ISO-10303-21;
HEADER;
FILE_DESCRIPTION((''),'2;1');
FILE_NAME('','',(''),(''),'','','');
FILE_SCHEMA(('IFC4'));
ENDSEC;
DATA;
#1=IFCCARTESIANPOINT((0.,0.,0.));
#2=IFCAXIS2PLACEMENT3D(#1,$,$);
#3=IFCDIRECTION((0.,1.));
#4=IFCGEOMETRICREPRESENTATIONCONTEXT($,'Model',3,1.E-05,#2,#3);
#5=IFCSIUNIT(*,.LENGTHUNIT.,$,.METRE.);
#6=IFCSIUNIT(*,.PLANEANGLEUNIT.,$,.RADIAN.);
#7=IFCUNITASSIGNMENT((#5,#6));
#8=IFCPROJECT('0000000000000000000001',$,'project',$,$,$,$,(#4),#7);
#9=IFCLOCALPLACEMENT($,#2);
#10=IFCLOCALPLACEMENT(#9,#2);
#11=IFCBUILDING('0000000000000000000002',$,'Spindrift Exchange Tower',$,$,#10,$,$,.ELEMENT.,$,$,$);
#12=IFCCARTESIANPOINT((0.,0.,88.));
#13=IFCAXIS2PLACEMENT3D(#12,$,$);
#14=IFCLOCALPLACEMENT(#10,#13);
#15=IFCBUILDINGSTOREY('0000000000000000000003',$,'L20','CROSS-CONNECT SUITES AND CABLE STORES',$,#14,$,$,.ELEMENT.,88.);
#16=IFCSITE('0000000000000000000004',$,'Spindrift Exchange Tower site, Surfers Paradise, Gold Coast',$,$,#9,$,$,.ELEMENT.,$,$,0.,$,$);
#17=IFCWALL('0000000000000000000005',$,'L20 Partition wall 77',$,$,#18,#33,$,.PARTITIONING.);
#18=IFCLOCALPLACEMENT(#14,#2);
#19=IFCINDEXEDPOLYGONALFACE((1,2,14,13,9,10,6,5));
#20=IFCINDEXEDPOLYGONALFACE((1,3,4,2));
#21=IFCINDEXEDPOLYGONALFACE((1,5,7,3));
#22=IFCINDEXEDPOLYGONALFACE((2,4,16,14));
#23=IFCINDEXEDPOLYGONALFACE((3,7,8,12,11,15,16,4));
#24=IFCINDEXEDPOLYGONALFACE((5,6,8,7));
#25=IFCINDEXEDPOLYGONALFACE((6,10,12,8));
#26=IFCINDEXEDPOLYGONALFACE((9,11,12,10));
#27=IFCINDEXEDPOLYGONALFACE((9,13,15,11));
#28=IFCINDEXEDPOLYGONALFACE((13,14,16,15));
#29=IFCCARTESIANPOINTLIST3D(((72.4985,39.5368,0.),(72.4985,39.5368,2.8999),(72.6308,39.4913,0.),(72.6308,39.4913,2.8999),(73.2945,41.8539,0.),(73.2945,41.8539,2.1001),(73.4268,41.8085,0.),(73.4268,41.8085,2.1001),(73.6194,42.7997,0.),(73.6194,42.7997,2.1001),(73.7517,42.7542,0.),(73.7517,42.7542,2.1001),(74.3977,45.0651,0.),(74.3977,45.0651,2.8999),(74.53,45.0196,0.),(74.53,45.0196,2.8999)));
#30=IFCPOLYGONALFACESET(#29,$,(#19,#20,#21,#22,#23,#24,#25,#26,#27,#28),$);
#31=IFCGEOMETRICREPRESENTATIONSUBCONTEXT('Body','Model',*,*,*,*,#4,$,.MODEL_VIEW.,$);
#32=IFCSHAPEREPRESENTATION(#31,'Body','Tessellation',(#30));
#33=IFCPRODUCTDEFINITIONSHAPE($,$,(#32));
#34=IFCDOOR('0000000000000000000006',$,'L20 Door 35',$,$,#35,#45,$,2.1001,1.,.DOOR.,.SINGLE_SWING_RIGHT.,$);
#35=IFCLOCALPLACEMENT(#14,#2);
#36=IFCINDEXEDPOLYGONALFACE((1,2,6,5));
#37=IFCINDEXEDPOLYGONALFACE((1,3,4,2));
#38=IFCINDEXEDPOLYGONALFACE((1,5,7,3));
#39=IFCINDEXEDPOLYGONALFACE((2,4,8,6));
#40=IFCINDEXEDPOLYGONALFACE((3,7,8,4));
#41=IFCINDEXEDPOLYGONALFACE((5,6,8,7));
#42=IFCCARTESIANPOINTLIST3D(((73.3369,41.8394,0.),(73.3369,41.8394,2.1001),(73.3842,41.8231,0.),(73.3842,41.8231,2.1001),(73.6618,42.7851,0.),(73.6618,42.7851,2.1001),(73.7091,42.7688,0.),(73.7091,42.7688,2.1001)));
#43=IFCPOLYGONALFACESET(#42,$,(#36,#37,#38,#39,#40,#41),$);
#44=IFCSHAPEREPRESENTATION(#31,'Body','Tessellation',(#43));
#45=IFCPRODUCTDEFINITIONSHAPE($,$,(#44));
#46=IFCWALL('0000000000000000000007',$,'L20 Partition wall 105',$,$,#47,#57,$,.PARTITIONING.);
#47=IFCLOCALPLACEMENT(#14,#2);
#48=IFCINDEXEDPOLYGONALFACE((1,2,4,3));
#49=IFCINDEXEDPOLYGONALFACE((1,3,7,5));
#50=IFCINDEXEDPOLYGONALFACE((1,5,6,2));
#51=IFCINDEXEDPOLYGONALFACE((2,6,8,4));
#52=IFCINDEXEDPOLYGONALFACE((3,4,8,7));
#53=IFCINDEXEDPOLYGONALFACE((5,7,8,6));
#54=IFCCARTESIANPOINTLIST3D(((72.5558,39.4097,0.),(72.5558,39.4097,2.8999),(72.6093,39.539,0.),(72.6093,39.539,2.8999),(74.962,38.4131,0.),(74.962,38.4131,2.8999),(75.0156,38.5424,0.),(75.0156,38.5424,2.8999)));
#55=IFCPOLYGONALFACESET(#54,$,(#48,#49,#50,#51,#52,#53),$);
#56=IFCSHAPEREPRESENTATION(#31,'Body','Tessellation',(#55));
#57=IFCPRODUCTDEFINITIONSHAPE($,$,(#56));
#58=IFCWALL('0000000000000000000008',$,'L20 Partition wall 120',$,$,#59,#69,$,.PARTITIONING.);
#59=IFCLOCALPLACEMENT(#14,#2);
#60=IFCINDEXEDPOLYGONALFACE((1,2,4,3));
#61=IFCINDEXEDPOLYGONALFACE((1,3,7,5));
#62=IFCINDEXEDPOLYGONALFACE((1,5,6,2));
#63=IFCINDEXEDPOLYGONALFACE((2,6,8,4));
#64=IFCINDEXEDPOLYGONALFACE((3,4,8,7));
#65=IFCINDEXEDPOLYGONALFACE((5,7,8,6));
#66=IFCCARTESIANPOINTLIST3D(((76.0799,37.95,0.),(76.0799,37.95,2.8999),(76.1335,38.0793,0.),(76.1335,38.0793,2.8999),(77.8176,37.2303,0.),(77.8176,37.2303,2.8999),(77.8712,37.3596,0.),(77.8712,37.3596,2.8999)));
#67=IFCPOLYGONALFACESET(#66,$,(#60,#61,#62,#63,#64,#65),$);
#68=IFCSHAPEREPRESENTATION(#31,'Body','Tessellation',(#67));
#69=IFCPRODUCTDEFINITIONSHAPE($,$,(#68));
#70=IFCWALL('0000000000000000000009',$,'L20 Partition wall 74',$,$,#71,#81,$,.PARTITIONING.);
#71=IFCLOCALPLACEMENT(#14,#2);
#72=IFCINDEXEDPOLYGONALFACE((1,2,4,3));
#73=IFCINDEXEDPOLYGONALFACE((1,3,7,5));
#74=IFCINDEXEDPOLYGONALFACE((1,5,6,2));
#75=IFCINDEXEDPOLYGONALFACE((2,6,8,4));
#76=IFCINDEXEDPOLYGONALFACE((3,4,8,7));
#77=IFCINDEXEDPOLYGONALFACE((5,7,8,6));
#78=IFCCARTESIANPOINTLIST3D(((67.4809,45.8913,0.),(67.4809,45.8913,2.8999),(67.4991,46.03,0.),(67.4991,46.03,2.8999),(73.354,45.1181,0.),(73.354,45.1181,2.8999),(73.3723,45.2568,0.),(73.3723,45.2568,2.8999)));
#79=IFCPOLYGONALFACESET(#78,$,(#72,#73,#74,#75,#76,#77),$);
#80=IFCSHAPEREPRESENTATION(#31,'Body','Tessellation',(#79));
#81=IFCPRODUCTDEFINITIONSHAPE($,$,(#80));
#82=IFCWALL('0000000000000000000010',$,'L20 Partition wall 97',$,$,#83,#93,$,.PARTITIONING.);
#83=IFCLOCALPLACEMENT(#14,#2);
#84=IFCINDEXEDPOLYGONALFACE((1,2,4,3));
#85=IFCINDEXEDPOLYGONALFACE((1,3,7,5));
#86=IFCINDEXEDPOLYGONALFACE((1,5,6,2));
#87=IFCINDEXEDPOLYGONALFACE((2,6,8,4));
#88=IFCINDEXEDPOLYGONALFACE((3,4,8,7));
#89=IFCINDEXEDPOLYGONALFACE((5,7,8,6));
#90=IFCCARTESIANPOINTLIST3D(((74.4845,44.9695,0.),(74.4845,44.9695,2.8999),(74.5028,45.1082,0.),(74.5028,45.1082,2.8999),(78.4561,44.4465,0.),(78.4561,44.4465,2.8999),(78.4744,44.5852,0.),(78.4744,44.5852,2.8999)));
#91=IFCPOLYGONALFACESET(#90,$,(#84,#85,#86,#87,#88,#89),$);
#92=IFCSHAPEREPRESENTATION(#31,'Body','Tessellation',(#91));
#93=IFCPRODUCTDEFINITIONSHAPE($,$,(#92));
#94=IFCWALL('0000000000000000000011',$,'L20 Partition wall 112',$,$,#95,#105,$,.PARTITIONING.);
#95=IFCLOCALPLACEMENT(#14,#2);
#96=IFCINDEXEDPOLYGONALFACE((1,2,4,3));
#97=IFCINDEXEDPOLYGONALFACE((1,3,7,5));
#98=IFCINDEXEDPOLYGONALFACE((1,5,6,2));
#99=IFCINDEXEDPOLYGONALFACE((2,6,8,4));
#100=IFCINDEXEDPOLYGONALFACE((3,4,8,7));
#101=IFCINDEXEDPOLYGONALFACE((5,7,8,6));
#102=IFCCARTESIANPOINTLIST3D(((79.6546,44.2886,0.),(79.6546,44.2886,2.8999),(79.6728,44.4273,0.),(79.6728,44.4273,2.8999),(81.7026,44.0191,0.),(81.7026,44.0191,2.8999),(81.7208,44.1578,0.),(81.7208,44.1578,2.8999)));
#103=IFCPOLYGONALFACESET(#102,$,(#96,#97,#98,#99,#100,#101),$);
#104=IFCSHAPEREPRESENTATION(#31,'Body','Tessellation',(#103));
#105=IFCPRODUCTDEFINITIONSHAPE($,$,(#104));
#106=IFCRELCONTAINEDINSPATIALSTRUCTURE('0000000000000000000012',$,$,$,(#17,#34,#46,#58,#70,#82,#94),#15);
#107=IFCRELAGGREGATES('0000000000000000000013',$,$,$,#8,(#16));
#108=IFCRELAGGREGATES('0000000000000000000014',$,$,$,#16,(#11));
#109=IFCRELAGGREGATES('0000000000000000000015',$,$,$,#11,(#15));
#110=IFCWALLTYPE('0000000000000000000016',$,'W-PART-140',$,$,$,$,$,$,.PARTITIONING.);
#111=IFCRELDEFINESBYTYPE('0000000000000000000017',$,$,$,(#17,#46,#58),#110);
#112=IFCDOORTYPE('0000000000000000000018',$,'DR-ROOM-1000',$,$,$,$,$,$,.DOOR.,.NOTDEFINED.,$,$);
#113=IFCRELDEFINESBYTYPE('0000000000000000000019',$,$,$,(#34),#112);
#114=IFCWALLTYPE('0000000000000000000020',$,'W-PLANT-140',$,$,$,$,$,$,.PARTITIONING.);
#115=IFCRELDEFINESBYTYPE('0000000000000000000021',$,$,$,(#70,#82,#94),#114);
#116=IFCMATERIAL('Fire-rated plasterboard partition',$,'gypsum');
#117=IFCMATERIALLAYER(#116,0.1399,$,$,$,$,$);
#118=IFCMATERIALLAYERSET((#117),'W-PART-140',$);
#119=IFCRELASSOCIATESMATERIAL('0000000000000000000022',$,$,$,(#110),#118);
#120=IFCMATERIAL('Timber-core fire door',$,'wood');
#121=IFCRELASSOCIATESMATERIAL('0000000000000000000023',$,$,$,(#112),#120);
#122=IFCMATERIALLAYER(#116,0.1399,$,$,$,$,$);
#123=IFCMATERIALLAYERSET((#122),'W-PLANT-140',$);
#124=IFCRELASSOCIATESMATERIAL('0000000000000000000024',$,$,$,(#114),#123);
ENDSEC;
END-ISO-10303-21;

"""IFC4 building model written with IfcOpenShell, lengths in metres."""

from ifc_helpers import new_model, si_unit, direction, frame, frame_2d, origin, place, context, subcontext, project, spatial, rectangle, extrude, source, transform, mapped, material, layer, layer_set, type_object, element, fill, save


model = new_model("IFC4")

# Units and contexts
model_context = context("Model", 3, precision=1e-05, world=origin(), true_north=direction((0.0, 1.0)))
body_context = subcontext(model_context, "Body", "Model", "MODEL_VIEW")
ifc_project = project(units=[si_unit("LENGTHUNIT", "METRE"), si_unit("PLANEANGLEUNIT", "RADIAN")], contexts=[model_context])

# Site, building, storey
site_placement = place(None, origin())
site = spatial("IfcSite", under=ifc_project, at=site_placement, Name="Spindrift Exchange Tower site, Surfers Paradise, Gold Coast", CompositionType="ELEMENT", RefElevation=0.0)
building_placement = place(site_placement, origin())
building = spatial("IfcBuilding", under=site, at=building_placement, Name="Spindrift Exchange Tower", CompositionType="ELEMENT")
storey_placement = place(building_placement, frame((0.0, 0.0, 88.0)))
storey = spatial("IfcBuildingStorey", under=building, at=storey_placement, Name="L20", Description="CROSS-CONNECT SUITES AND CABLE STORES", CompositionType="ELEMENT", Elevation=88.0)

# Wall, opening, door
ifc_material_1 = material(Name="Timber-core fire door", Category="wood")
ifc_material_2 = material(Name="Fire-rated plasterboard partition", Category="gypsum")
ifc_layer_1 = layer(ifc_material_2, 0.1399)
ifc_layer_set_1 = layer_set([ifc_layer_1], Name="W-PART-140")
wall_type_1 = type_object("IfcWallType", Name="W-PART-140", PredefinedType="PARTITIONING", material=ifc_layer_set_1)
door_type_1 = type_object("IfcDoorType", Name="DR-ROOM-1000", OperationType="NOTDEFINED", PredefinedType="DOOR", material=ifc_material_1)
shared_shape_1 = source(origin(), body_context, "Body", "SweptSolid", [
    extrude(rectangle(XDim=1.0, YDim=2.1001, at=frame_2d((0.5, 1.05))), frame((0.0, 0.0249, 0.0), z_axis=(0.0, -1.0, 0.0), x_axis=(1.0, 0.0, 0.0)), (0.0, 0.0, 1.0), 0.05),
])
wall_1_placement = place(storey_placement, frame((74.4639, 45.0425, 0.0), z_axis=(0.0, 0.0, 1.0), x_axis=(-0.324898, -0.945749, 0.0)))
wall_1 = element("IfcWall", 1, at=wall_1_placement, inside=storey, type_object=wall_type_1, Name="L20 Partition wall 77", PredefinedType="PARTITIONING", context=body_context, shape_type="SweptSolid", body=[
    extrude(rectangle(XDim=5.8455, YDim=0.1399, at=frame_2d((2.9229, 0.0))), origin(), (0.0, 0.0, 1.0), 2.8999),
])
opening_1_placement = place(wall_1_placement, frame((2.3955, 0.0, 0.0)))
opening_1 = element("IfcOpeningElement", 2, at=opening_1_placement, cuts=wall_1, PredefinedType="OPENING", context=body_context, shape_type="SweptSolid", body=[
    extrude(rectangle(XDim=1.0, YDim=2.1001, at=frame_2d((0.5, 1.05))), frame((0.0, 0.0798, 0.0), z_axis=(0.0, -1.0, 0.0), x_axis=(1.0, 0.0, 0.0)), (0.0, 0.0, 1.0), 0.1599),
])
door_1_placement = place(opening_1_placement, origin())
door_1 = element("IfcDoor", 3, at=door_1_placement, inside=storey, type_object=door_type_1, Name="L20 Door 35", OperationType="SINGLE_SWING_RIGHT", OverallHeight=2.1001, OverallWidth=1.0, PredefinedType="DOOR", context=body_context, shape_type="MappedRepresentation", body=[
    mapped(shared_shape_1, transform((0.0, 0.0, 0.0), scale=1.0)),
])
fill(opening_1, door_1)

# Walls
wall_2_placement = place(storey_placement, frame((72.5825, 39.4744, 0.0), z_axis=(0.0, 0.0, 1.0), x_axis=(0.923896, -0.382644, 0.0)))
element("IfcWall", 4, at=wall_2_placement, inside=storey, type_object=wall_type_1, Name="L20 Partition wall 105", PredefinedType="PARTITIONING", context=body_context, shape_type="SweptSolid", body=[
    extrude(rectangle(XDim=2.6045, YDim=0.1399, at=frame_2d((1.3022, 0.0))), origin(), (0.0, 0.0, 1.0), 2.8999),
])
wall_3_placement = place(storey_placement, frame((76.1067, 38.0146, 0.0), z_axis=(0.0, 0.0, 1.0), x_axis=(0.923897, -0.382642, 0.0)))
element("IfcWall", 5, at=wall_3_placement, inside=storey, type_object=wall_type_1, Name="L20 Partition wall 120", PredefinedType="PARTITIONING", context=body_context, shape_type="SweptSolid", body=[
    extrude(rectangle(XDim=1.8809, YDim=0.1399, at=frame_2d((0.9404, 0.0))), origin(), (0.0, 0.0, 1.0), 2.8999),
])
ifc_layer_2 = layer(ifc_material_2, 0.1399)
ifc_layer_set_2 = layer_set([ifc_layer_2], Name="W-PLANT-140")
wall_type_2 = type_object("IfcWallType", Name="W-PLANT-140", PredefinedType="PARTITIONING", material=ifc_layer_set_2)
wall_4_placement = place(storey_placement, frame((67.49, 45.9607, 0.0), z_axis=(0.0, 0.0, 1.0), x_axis=(0.991445, -0.130525, 0.0)))
element("IfcWall", 6, at=wall_4_placement, inside=storey, type_object=wall_type_2, Name="L20 Partition wall 74", PredefinedType="PARTITIONING", context=body_context, shape_type="SweptSolid", body=[
    extrude(rectangle(XDim=5.9238, YDim=0.1399, at=frame_2d((2.9619, 0.0))), origin(), (0.0, 0.0, 1.0), 2.8999),
])
wall_5_placement = place(storey_placement, frame((74.4937, 45.0388, 0.0), z_axis=(0.0, 0.0, 1.0), x_axis=(0.991443, -0.130543, 0.0)))
element("IfcWall", 7, at=wall_5_placement, inside=storey, type_object=wall_type_2, Name="L20 Partition wall 97", PredefinedType="PARTITIONING", context=body_context, shape_type="SweptSolid", body=[
    extrude(rectangle(XDim=4.0059, YDim=0.1399, at=frame_2d((2.0029, 0.0))), origin(), (0.0, 0.0, 1.0), 2.8999),
])
wall_6_placement = place(storey_placement, frame((79.6638, 44.3579, 0.0), z_axis=(0.0, 0.0, 1.0), x_axis=(0.991451, -0.130476, 0.0)))
element("IfcWall", 8, at=wall_6_placement, inside=storey, type_object=wall_type_2, Name="L20 Partition wall 112", PredefinedType="PARTITIONING", context=body_context, shape_type="SweptSolid", body=[
    extrude(rectangle(XDim=2.0657, YDim=0.1399, at=frame_2d((1.0327, 0.0))), origin(), (0.0, 0.0, 1.0), 2.8999),
])

save(model, "model.ifc")
